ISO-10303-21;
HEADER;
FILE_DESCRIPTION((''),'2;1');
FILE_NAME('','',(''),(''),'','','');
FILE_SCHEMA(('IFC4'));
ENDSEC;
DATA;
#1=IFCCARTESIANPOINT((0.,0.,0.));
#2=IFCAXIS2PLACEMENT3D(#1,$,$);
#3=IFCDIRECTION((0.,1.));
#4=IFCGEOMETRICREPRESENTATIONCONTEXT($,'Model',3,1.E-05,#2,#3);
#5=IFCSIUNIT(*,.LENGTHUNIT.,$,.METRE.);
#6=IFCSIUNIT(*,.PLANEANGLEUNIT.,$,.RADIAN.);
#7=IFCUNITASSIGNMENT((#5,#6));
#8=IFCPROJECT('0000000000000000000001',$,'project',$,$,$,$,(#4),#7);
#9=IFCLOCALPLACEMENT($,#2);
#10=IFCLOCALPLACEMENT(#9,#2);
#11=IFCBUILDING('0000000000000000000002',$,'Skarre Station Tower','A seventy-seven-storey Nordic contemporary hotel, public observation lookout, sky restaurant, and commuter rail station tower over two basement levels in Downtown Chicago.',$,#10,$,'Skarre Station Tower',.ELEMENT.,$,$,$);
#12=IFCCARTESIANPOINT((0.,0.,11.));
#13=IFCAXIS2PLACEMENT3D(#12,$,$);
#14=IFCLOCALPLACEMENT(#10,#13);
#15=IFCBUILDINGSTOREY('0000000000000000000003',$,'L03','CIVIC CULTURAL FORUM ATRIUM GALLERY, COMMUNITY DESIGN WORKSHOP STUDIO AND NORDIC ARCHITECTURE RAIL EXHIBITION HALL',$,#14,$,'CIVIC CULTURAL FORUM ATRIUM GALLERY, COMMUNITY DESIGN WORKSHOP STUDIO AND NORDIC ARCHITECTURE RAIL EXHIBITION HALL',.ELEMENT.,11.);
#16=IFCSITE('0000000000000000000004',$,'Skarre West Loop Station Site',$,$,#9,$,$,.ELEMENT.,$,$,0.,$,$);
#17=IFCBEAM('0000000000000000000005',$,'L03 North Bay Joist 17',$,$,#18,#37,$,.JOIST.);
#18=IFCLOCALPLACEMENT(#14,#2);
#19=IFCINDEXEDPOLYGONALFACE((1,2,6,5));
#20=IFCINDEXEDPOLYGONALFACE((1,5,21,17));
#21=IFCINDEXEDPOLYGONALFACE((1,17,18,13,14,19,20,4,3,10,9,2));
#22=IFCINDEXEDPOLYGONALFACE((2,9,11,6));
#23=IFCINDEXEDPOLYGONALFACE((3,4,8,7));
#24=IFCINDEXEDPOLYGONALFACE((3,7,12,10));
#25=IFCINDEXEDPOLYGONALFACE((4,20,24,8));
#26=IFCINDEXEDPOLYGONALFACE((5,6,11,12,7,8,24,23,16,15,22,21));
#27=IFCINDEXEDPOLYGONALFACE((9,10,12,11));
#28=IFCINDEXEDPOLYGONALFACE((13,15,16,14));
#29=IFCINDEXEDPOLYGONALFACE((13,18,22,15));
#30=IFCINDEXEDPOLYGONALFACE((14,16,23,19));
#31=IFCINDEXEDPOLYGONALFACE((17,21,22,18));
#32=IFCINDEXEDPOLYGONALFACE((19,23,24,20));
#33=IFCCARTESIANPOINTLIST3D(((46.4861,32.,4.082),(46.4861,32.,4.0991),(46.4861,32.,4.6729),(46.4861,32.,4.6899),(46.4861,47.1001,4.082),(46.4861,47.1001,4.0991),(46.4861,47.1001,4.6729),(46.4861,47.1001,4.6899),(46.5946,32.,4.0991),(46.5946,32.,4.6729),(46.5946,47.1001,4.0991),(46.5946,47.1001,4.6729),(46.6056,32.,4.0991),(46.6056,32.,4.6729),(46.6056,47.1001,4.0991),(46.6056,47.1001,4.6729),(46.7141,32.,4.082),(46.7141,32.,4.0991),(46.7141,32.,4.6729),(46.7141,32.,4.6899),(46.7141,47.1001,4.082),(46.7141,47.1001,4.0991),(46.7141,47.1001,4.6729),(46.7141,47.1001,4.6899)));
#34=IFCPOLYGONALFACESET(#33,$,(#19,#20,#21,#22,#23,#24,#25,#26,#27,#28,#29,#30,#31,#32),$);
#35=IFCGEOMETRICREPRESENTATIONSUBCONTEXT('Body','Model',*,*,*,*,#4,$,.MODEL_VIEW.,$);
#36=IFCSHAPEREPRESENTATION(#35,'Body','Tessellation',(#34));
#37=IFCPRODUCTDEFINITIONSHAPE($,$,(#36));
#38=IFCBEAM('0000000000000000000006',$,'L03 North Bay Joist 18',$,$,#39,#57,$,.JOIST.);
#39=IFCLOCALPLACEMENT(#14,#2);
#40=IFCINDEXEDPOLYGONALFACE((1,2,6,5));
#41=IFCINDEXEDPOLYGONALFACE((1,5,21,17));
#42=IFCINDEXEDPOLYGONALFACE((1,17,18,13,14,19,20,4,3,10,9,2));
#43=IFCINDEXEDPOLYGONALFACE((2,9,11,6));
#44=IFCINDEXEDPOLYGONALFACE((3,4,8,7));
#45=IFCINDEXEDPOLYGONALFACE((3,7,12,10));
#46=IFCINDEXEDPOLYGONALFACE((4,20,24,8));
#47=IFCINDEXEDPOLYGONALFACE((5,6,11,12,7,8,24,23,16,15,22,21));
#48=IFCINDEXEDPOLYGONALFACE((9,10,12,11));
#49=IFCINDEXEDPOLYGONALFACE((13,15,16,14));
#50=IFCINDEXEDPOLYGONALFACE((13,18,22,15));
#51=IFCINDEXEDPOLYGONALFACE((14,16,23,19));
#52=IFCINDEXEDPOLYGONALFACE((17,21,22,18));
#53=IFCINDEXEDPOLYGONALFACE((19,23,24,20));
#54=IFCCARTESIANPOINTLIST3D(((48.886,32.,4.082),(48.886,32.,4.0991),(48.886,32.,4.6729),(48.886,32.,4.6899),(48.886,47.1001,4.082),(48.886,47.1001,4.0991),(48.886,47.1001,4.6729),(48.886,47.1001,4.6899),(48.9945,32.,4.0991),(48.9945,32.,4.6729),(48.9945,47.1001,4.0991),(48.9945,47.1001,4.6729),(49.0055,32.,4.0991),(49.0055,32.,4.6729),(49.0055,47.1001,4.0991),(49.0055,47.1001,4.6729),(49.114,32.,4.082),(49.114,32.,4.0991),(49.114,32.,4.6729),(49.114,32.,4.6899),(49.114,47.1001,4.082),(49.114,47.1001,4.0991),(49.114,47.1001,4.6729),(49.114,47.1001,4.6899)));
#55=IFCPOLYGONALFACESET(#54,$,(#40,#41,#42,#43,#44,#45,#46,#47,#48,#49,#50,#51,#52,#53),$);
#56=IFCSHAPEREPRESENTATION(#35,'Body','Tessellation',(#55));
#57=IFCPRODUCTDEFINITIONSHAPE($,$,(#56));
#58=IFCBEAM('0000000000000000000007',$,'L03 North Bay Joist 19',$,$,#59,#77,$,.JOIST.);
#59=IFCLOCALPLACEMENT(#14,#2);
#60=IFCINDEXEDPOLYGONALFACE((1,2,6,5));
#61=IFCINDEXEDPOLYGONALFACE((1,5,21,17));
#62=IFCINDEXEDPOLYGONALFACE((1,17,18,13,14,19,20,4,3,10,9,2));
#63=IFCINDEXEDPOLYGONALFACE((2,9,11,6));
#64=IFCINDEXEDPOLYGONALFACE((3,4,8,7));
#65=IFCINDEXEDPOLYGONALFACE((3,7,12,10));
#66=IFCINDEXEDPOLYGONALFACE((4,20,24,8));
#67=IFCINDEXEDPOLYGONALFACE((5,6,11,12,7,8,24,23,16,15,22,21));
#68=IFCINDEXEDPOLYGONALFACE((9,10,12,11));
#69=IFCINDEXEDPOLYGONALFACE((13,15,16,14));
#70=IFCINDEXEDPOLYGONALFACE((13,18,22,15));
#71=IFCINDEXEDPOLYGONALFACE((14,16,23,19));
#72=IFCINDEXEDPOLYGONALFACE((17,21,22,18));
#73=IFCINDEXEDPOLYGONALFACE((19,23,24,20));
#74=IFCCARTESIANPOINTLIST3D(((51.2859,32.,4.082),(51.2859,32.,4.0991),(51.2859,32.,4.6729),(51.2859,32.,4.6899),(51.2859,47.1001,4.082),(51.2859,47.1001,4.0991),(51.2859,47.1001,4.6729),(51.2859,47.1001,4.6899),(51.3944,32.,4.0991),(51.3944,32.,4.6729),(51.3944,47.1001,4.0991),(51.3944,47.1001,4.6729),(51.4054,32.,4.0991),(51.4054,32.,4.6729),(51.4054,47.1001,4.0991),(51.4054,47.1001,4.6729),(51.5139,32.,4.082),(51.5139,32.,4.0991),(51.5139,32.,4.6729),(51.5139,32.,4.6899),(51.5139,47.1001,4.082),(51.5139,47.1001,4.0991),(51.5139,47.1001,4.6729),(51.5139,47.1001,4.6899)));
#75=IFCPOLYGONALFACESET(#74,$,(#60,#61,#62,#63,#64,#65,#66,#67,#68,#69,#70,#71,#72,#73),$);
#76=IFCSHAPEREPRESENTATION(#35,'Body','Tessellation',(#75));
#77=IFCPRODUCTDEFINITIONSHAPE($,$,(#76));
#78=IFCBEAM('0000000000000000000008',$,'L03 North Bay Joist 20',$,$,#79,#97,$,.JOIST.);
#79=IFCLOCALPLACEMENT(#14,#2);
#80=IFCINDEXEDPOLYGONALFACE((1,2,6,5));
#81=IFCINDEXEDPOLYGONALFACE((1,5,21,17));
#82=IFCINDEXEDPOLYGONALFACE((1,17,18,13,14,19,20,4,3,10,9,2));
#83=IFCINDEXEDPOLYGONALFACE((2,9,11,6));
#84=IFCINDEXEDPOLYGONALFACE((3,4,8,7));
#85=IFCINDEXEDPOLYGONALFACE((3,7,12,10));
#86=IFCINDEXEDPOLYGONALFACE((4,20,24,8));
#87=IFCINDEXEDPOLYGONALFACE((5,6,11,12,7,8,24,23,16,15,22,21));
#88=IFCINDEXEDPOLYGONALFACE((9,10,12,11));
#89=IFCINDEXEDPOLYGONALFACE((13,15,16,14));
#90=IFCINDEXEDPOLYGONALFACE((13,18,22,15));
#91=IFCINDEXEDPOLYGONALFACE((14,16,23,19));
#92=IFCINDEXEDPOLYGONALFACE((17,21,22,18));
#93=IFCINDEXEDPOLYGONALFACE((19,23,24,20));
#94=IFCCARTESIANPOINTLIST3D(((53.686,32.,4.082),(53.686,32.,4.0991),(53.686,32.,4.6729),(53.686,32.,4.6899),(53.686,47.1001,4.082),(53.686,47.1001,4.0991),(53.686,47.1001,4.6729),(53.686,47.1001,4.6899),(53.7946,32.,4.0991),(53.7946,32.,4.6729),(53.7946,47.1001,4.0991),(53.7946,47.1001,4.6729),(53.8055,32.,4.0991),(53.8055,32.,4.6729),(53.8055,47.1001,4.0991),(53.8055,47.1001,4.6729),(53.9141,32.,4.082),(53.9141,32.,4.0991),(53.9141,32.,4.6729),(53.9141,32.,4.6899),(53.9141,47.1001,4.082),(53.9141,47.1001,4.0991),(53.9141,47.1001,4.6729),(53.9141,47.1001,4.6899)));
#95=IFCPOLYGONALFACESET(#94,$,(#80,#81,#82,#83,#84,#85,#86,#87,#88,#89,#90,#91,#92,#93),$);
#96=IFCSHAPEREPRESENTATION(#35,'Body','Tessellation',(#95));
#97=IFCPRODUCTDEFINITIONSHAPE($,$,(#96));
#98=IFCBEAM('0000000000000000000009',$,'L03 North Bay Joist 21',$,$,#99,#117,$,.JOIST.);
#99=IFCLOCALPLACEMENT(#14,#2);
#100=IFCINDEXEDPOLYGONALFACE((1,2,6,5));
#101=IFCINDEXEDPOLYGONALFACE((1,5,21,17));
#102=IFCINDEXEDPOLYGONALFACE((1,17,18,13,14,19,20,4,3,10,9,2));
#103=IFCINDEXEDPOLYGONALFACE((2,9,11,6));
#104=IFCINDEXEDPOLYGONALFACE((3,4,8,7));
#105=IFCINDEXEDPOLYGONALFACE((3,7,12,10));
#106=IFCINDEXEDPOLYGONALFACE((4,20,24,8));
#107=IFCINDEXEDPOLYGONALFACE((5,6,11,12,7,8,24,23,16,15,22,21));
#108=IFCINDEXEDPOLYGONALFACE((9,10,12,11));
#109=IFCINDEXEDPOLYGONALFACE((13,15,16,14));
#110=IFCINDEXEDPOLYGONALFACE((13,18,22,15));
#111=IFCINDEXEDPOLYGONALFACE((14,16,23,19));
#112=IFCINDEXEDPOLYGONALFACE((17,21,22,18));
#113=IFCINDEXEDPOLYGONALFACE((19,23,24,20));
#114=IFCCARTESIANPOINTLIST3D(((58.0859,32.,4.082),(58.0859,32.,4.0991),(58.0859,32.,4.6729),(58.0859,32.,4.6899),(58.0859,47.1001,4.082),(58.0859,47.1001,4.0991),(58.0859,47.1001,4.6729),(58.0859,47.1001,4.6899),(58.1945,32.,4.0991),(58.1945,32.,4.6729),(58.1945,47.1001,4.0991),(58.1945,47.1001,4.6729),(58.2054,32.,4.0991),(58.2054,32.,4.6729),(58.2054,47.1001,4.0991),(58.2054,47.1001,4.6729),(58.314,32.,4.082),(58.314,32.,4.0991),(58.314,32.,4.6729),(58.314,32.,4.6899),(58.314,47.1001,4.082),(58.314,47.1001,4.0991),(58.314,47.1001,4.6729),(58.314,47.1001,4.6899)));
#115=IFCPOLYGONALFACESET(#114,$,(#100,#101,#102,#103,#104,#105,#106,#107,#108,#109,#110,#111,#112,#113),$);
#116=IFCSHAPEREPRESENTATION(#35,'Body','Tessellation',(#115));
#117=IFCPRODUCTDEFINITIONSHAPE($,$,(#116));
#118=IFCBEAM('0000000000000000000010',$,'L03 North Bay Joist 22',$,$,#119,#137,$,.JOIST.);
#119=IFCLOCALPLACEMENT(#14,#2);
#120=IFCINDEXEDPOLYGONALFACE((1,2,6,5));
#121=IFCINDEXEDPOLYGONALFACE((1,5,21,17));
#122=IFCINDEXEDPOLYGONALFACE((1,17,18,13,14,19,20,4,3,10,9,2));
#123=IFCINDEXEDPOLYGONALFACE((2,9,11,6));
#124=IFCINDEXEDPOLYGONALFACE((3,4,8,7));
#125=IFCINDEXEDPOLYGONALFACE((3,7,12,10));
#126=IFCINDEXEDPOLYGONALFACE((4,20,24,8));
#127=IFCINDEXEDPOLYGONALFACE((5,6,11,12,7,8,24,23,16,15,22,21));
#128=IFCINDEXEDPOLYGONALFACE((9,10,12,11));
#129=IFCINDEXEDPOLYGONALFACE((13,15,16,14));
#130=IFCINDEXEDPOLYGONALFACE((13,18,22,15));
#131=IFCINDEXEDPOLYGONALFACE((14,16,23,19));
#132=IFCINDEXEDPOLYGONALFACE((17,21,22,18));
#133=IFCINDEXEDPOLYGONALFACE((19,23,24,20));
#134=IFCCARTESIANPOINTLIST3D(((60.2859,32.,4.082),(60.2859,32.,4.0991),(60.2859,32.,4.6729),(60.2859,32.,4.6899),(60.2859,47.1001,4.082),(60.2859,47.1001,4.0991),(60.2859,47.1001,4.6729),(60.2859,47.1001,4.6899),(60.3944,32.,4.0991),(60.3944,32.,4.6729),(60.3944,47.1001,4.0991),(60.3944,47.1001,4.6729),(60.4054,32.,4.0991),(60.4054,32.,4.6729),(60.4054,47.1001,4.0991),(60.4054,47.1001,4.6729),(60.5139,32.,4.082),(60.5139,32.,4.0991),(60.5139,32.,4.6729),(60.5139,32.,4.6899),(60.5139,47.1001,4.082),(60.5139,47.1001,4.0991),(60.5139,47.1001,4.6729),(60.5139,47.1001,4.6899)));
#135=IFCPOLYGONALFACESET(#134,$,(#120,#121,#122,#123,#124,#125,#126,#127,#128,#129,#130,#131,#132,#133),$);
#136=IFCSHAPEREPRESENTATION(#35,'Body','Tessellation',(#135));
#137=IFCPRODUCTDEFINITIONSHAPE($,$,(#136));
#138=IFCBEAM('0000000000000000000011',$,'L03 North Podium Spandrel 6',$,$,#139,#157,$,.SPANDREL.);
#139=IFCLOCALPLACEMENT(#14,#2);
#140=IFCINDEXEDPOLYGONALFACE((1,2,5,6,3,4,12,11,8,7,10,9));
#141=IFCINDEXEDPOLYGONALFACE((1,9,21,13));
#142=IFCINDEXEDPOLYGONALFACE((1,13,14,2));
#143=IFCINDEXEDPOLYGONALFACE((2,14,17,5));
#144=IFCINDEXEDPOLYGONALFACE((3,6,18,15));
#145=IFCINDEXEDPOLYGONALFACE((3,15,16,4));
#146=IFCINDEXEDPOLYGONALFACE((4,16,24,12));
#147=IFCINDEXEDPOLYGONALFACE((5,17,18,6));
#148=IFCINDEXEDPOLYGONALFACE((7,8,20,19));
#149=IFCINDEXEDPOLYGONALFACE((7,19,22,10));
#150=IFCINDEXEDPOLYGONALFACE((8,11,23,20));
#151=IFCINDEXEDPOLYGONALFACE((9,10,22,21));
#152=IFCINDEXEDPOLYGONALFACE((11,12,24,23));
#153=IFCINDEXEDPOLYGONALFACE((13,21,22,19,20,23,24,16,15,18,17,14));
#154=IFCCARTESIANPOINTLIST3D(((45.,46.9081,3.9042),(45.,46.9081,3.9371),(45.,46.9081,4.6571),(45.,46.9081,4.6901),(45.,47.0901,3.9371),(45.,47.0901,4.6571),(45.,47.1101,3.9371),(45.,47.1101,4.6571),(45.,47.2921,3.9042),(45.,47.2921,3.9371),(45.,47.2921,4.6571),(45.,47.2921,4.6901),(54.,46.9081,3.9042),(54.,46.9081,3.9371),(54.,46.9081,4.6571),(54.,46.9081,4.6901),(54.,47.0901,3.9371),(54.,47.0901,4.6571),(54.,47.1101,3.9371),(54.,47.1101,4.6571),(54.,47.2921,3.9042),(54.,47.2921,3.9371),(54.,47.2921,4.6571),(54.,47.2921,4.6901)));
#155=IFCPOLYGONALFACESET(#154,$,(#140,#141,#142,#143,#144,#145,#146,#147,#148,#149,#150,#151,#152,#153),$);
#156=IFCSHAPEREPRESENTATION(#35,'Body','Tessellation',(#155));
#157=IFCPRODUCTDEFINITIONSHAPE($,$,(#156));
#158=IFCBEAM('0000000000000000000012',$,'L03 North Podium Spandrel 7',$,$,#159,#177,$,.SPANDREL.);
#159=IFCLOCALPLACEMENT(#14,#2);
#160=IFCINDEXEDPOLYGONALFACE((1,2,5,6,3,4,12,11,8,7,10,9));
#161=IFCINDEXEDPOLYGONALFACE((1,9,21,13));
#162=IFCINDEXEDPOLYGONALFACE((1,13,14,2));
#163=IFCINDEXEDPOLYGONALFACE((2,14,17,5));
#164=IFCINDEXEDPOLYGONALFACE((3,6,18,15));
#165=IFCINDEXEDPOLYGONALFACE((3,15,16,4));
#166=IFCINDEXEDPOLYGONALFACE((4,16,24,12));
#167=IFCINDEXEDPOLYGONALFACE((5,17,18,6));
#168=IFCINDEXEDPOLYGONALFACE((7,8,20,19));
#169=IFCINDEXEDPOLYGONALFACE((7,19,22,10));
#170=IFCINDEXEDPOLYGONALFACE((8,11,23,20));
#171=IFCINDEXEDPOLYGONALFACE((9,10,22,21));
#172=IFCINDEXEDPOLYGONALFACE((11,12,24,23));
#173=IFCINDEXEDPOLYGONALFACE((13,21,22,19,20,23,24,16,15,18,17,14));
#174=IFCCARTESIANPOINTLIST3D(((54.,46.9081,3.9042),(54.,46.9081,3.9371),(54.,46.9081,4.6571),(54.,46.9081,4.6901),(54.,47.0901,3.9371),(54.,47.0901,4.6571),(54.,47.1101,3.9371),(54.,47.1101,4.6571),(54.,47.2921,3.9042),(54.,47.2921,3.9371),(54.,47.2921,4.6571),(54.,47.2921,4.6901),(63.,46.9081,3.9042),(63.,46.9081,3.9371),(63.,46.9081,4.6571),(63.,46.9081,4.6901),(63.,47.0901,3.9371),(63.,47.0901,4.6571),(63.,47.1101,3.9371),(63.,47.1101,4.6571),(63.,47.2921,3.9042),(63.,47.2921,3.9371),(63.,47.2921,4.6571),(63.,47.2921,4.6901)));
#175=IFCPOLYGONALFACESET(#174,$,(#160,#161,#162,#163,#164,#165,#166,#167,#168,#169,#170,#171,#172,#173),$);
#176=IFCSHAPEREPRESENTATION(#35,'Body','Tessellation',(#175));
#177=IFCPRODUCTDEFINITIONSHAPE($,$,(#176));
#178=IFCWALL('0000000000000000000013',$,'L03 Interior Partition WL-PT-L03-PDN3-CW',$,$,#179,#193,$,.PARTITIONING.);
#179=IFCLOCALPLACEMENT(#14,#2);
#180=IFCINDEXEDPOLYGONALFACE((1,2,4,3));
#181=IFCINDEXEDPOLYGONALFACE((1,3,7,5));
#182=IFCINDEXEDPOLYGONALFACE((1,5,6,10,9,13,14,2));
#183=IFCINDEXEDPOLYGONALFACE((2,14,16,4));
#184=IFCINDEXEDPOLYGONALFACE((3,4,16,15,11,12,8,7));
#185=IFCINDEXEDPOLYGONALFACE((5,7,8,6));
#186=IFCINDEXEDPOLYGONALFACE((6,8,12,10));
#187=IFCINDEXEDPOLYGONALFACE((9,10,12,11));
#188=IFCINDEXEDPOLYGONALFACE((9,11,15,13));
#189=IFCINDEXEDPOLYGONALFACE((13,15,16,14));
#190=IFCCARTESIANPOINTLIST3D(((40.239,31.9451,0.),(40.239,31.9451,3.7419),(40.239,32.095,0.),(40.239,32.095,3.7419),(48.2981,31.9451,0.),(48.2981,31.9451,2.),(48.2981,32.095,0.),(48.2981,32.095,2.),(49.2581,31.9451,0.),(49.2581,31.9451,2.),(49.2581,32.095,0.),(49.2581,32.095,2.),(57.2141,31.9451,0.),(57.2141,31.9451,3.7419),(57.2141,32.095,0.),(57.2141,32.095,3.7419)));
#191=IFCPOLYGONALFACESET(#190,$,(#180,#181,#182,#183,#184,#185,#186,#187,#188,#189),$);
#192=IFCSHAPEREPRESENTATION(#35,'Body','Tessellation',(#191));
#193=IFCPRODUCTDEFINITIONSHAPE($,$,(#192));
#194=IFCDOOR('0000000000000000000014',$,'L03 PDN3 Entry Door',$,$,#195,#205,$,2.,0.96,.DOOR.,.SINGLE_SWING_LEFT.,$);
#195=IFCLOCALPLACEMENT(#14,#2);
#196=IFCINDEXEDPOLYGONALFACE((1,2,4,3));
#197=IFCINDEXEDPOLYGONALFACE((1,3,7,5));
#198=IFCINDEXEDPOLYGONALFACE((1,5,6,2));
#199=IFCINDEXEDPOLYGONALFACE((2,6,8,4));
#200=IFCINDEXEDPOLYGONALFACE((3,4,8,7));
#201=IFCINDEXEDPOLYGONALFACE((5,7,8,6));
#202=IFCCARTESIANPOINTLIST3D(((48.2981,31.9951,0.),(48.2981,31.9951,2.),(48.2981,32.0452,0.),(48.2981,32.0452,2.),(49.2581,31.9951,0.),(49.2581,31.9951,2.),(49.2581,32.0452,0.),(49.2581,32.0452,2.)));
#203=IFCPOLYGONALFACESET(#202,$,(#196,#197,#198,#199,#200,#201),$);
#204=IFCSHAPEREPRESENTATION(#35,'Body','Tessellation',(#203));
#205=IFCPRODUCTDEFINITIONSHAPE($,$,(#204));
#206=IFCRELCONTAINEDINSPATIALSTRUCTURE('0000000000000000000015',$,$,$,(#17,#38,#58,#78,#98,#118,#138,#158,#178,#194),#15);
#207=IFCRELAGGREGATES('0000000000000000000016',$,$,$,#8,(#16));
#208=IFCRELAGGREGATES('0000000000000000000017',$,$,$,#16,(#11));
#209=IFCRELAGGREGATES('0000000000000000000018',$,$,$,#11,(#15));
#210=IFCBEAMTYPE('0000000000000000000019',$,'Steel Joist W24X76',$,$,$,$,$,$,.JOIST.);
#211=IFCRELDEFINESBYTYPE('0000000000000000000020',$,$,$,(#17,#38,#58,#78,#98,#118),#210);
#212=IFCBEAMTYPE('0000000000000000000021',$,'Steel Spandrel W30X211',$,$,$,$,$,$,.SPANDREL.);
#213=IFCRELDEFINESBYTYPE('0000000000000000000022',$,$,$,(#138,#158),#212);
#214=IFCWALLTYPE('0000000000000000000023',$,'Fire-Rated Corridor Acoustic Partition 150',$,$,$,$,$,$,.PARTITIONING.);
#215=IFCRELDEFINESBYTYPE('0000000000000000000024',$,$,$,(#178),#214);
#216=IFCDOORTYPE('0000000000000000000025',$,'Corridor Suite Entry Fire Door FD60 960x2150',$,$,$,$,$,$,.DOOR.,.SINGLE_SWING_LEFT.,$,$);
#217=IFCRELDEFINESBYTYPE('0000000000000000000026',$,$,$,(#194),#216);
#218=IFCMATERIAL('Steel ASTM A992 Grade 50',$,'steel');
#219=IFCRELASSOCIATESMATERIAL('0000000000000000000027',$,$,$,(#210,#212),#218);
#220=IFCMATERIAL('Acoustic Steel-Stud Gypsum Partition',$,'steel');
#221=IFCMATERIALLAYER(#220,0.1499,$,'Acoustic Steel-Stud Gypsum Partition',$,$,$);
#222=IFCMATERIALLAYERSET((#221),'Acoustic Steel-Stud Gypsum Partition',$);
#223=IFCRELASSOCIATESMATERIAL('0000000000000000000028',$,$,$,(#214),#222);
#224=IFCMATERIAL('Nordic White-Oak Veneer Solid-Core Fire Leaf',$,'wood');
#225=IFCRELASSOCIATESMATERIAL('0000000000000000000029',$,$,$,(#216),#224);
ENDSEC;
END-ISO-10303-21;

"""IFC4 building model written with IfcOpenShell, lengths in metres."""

from ifc_helpers import new_model, si_unit, direction, frame, frame_2d, origin, origin_2d, place, context, subcontext, project, spatial, rectangle, i_section, extrude, material, layer, layer_set, material_profile, profile_set, type_object, element, fill, save


model = new_model("IFC4")

# Units and contexts
model_context = context("Model", 3, precision=1e-05, world=origin(), true_north=direction((0.0, 1.0)))
body_context = subcontext(model_context, "Body", "Model", "MODEL_VIEW")
ifc_project = project(units=[si_unit("LENGTHUNIT", "METRE"), si_unit("PLANEANGLEUNIT", "RADIAN")], contexts=[model_context])

# Site, building, storey
site_placement = place(None, origin())
site = spatial("IfcSite", under=ifc_project, at=site_placement, Name="Skarre West Loop Station Site", CompositionType="ELEMENT", RefElevation=0.0)
building_placement = place(site_placement, origin())
building = spatial("IfcBuilding", under=site, at=building_placement, Name="Skarre Station Tower", Description="A seventy-seven-storey Nordic contemporary hotel, public observation lookout, sky restaurant, and commuter rail station tower over two basement levels in Downtown Chicago.", LongName="Skarre Station Tower", CompositionType="ELEMENT")
storey_placement = place(building_placement, frame((0.0, 0.0, 11.0)))
storey = spatial("IfcBuildingStorey", under=building, at=storey_placement, Name="L03", Description="CIVIC CULTURAL FORUM ATRIUM GALLERY, COMMUNITY DESIGN WORKSHOP STUDIO AND NORDIC ARCHITECTURE RAIL EXHIBITION HALL", LongName="CIVIC CULTURAL FORUM ATRIUM GALLERY, COMMUNITY DESIGN WORKSHOP STUDIO AND NORDIC ARCHITECTURE RAIL EXHIBITION HALL", CompositionType="ELEMENT", Elevation=11.0)

# Beams
ifc_material_1 = material(Name="Steel ASTM A992 Grade 50", Category="steel")
ifc_material_profile_1 = material_profile(ifc_material_1, i_section(OverallWidth=0.228, OverallDepth=0.6079, WebThickness=0.011, FlangeThickness=0.0171, at=origin_2d()), Name="Steel ASTM A992 Grade 50")
ifc_profile_set_1 = profile_set([ifc_material_profile_1], Name="Steel ASTM A992 Grade 50")
beam_type_1 = type_object("IfcBeamType", Name="Steel Joist W24X76", PredefinedType="JOIST", material=ifc_profile_set_1)
for number, where, z_axis, x_axis, name in (
    (1, (46.6001, 32.0, 4.386), (0.0, 1.0, 0.0), (-1.0, 0.0, 0.0), "L03 North Bay Joist 17"),
    (2, (49.0, 32.0, 4.386), (0.0, 1.0, 0.0), (-1.0, 0.0, 0.0), "L03 North Bay Joist 18"),
    (3, (51.3999, 32.0, 4.386), (0.0, 1.0, 0.0), (-1.0, 0.0, 0.0), "L03 North Bay Joist 19"),
    (4, (53.8, 32.0, 4.386), (0.0, 1.0, 0.0), (-1.0, 0.0, 0.0), "L03 North Bay Joist 20"),
    (5, (58.2, 32.0, 4.386), (0.0, 1.0, 0.0), (-1.0, 0.0, 0.0), "L03 North Bay Joist 21"),
    (6, (60.3999, 32.0, 4.386), (0.0, 1.0, 0.0), (-1.0, 0.0, 0.0), "L03 North Bay Joist 22"),
):
    element("IfcBeam", number, at=place(storey_placement, frame(where, z_axis=z_axis, x_axis=x_axis)), inside=storey, type_object=beam_type_1, Name=name, PredefinedType="JOIST", context=body_context, shape_type="SweptSolid", body=[
        extrude(i_section(OverallWidth=0.228, OverallDepth=0.6079, WebThickness=0.011, FlangeThickness=0.0171, at=origin_2d()), origin(), (0.0, 0.0, 1.0), 15.1001),
    ])
ifc_material_profile_2 = material_profile(ifc_material_1, i_section(OverallWidth=0.384, OverallDepth=0.7859, WebThickness=0.02, FlangeThickness=0.033, at=origin_2d()), Name="Steel ASTM A992 Grade 50")
ifc_profile_set_2 = profile_set([ifc_material_profile_2], Name="Steel ASTM A992 Grade 50")
beam_type_2 = type_object("IfcBeamType", Name="Steel Spandrel W30X211", PredefinedType="SPANDREL", material=ifc_profile_set_2)
for number, where, z_axis, x_axis, name in (
    (7, (45.0, 47.1001, 4.2971), (1.0, 0.0, 0.0), (0.0, 1.0, 0.0), "L03 North Podium Spandrel 6"),
    (8, (54.0, 47.1001, 4.2971), (1.0, 0.0, 0.0), (0.0, 1.0, 0.0), "L03 North Podium Spandrel 7"),
):
    element("IfcBeam", number, at=place(storey_placement, frame(where, z_axis=z_axis, x_axis=x_axis)), inside=storey, type_object=beam_type_2, Name=name, PredefinedType="SPANDREL", context=body_context, shape_type="SweptSolid", body=[
        extrude(i_section(OverallWidth=0.384, OverallDepth=0.7859, WebThickness=0.02, FlangeThickness=0.033, at=origin_2d()), origin(), (0.0, 0.0, 1.0), 9.0),
    ])

# Wall, opening, door
ifc_material_2 = material(Name="Acoustic Steel-Stud Gypsum Partition", Category="steel")
ifc_layer_1 = layer(ifc_material_2, 0.1499, Name="Acoustic Steel-Stud Gypsum Partition")
ifc_layer_set_1 = layer_set([ifc_layer_1], Name="Acoustic Steel-Stud Gypsum Partition")
wall_type_1 = type_object("IfcWallType", Name="Fire-Rated Corridor Acoustic Partition 150", PredefinedType="PARTITIONING", material=ifc_layer_set_1)
wall_1_placement = place(storey_placement, frame((57.2141, 32.02, 0.0), z_axis=(0.0, 0.0, 1.0), x_axis=(-1.0, 0.0, 0.0)))
wall_1 = element("IfcWall", 9, at=wall_1_placement, inside=storey, type_object=wall_type_1, Name="L03 Interior Partition WL-PT-L03-PDN3-CW", PredefinedType="PARTITIONING", context=body_context, shape_type="SweptSolid", body=[
    extrude(rectangle(XDim=16.9751, YDim=0.1499, at=frame_2d((8.4875, 0.0))), origin(), (0.0, 0.0, 1.0), 3.7419),
])
opening_1_placement = place(wall_1_placement, frame((7.9561, 0.0, 0.0)))
opening_1 = element("IfcOpeningElement", 10, at=opening_1_placement, cuts=wall_1, PredefinedType="OPENING", context=body_context, shape_type="SweptSolid", body=[
    extrude(rectangle(XDim=0.96, YDim=2.0, at=frame_2d((0.48, 1.0))), frame((0.0, 0.085, 0.0), z_axis=(0.0, -1.0, 0.0), x_axis=(1.0, 0.0, 0.0)), (0.0, 0.0, 1.0), 0.1699),
])
ifc_material_3 = material(Name="Nordic White-Oak Veneer Solid-Core Fire Leaf", Category="wood")
door_type = type_object("IfcDoorType", Name="Corridor Suite Entry Fire Door FD60 960x2150", OperationType="SINGLE_SWING_LEFT", PredefinedType="DOOR", material=ifc_material_3)
door_placement = place(opening_1_placement, origin())
door = element("IfcDoor", 11, at=door_placement, inside=storey, type_object=door_type, Name="L03 PDN3 Entry Door", OperationType="SINGLE_SWING_LEFT", OverallHeight=2.0, OverallWidth=0.96, PredefinedType="DOOR", context=body_context, shape_type="SweptSolid", body=[
    extrude(rectangle(XDim=0.96, YDim=2.0, at=frame_2d((0.48, 1.0))), frame((0.0, 0.0249, 0.0), z_axis=(0.0, -1.0, 0.0), x_axis=(1.0, 0.0, 0.0)), (0.0, 0.0, 1.0), 0.05),
])
fill(opening_1, door)

save(model, "model.ifc")
